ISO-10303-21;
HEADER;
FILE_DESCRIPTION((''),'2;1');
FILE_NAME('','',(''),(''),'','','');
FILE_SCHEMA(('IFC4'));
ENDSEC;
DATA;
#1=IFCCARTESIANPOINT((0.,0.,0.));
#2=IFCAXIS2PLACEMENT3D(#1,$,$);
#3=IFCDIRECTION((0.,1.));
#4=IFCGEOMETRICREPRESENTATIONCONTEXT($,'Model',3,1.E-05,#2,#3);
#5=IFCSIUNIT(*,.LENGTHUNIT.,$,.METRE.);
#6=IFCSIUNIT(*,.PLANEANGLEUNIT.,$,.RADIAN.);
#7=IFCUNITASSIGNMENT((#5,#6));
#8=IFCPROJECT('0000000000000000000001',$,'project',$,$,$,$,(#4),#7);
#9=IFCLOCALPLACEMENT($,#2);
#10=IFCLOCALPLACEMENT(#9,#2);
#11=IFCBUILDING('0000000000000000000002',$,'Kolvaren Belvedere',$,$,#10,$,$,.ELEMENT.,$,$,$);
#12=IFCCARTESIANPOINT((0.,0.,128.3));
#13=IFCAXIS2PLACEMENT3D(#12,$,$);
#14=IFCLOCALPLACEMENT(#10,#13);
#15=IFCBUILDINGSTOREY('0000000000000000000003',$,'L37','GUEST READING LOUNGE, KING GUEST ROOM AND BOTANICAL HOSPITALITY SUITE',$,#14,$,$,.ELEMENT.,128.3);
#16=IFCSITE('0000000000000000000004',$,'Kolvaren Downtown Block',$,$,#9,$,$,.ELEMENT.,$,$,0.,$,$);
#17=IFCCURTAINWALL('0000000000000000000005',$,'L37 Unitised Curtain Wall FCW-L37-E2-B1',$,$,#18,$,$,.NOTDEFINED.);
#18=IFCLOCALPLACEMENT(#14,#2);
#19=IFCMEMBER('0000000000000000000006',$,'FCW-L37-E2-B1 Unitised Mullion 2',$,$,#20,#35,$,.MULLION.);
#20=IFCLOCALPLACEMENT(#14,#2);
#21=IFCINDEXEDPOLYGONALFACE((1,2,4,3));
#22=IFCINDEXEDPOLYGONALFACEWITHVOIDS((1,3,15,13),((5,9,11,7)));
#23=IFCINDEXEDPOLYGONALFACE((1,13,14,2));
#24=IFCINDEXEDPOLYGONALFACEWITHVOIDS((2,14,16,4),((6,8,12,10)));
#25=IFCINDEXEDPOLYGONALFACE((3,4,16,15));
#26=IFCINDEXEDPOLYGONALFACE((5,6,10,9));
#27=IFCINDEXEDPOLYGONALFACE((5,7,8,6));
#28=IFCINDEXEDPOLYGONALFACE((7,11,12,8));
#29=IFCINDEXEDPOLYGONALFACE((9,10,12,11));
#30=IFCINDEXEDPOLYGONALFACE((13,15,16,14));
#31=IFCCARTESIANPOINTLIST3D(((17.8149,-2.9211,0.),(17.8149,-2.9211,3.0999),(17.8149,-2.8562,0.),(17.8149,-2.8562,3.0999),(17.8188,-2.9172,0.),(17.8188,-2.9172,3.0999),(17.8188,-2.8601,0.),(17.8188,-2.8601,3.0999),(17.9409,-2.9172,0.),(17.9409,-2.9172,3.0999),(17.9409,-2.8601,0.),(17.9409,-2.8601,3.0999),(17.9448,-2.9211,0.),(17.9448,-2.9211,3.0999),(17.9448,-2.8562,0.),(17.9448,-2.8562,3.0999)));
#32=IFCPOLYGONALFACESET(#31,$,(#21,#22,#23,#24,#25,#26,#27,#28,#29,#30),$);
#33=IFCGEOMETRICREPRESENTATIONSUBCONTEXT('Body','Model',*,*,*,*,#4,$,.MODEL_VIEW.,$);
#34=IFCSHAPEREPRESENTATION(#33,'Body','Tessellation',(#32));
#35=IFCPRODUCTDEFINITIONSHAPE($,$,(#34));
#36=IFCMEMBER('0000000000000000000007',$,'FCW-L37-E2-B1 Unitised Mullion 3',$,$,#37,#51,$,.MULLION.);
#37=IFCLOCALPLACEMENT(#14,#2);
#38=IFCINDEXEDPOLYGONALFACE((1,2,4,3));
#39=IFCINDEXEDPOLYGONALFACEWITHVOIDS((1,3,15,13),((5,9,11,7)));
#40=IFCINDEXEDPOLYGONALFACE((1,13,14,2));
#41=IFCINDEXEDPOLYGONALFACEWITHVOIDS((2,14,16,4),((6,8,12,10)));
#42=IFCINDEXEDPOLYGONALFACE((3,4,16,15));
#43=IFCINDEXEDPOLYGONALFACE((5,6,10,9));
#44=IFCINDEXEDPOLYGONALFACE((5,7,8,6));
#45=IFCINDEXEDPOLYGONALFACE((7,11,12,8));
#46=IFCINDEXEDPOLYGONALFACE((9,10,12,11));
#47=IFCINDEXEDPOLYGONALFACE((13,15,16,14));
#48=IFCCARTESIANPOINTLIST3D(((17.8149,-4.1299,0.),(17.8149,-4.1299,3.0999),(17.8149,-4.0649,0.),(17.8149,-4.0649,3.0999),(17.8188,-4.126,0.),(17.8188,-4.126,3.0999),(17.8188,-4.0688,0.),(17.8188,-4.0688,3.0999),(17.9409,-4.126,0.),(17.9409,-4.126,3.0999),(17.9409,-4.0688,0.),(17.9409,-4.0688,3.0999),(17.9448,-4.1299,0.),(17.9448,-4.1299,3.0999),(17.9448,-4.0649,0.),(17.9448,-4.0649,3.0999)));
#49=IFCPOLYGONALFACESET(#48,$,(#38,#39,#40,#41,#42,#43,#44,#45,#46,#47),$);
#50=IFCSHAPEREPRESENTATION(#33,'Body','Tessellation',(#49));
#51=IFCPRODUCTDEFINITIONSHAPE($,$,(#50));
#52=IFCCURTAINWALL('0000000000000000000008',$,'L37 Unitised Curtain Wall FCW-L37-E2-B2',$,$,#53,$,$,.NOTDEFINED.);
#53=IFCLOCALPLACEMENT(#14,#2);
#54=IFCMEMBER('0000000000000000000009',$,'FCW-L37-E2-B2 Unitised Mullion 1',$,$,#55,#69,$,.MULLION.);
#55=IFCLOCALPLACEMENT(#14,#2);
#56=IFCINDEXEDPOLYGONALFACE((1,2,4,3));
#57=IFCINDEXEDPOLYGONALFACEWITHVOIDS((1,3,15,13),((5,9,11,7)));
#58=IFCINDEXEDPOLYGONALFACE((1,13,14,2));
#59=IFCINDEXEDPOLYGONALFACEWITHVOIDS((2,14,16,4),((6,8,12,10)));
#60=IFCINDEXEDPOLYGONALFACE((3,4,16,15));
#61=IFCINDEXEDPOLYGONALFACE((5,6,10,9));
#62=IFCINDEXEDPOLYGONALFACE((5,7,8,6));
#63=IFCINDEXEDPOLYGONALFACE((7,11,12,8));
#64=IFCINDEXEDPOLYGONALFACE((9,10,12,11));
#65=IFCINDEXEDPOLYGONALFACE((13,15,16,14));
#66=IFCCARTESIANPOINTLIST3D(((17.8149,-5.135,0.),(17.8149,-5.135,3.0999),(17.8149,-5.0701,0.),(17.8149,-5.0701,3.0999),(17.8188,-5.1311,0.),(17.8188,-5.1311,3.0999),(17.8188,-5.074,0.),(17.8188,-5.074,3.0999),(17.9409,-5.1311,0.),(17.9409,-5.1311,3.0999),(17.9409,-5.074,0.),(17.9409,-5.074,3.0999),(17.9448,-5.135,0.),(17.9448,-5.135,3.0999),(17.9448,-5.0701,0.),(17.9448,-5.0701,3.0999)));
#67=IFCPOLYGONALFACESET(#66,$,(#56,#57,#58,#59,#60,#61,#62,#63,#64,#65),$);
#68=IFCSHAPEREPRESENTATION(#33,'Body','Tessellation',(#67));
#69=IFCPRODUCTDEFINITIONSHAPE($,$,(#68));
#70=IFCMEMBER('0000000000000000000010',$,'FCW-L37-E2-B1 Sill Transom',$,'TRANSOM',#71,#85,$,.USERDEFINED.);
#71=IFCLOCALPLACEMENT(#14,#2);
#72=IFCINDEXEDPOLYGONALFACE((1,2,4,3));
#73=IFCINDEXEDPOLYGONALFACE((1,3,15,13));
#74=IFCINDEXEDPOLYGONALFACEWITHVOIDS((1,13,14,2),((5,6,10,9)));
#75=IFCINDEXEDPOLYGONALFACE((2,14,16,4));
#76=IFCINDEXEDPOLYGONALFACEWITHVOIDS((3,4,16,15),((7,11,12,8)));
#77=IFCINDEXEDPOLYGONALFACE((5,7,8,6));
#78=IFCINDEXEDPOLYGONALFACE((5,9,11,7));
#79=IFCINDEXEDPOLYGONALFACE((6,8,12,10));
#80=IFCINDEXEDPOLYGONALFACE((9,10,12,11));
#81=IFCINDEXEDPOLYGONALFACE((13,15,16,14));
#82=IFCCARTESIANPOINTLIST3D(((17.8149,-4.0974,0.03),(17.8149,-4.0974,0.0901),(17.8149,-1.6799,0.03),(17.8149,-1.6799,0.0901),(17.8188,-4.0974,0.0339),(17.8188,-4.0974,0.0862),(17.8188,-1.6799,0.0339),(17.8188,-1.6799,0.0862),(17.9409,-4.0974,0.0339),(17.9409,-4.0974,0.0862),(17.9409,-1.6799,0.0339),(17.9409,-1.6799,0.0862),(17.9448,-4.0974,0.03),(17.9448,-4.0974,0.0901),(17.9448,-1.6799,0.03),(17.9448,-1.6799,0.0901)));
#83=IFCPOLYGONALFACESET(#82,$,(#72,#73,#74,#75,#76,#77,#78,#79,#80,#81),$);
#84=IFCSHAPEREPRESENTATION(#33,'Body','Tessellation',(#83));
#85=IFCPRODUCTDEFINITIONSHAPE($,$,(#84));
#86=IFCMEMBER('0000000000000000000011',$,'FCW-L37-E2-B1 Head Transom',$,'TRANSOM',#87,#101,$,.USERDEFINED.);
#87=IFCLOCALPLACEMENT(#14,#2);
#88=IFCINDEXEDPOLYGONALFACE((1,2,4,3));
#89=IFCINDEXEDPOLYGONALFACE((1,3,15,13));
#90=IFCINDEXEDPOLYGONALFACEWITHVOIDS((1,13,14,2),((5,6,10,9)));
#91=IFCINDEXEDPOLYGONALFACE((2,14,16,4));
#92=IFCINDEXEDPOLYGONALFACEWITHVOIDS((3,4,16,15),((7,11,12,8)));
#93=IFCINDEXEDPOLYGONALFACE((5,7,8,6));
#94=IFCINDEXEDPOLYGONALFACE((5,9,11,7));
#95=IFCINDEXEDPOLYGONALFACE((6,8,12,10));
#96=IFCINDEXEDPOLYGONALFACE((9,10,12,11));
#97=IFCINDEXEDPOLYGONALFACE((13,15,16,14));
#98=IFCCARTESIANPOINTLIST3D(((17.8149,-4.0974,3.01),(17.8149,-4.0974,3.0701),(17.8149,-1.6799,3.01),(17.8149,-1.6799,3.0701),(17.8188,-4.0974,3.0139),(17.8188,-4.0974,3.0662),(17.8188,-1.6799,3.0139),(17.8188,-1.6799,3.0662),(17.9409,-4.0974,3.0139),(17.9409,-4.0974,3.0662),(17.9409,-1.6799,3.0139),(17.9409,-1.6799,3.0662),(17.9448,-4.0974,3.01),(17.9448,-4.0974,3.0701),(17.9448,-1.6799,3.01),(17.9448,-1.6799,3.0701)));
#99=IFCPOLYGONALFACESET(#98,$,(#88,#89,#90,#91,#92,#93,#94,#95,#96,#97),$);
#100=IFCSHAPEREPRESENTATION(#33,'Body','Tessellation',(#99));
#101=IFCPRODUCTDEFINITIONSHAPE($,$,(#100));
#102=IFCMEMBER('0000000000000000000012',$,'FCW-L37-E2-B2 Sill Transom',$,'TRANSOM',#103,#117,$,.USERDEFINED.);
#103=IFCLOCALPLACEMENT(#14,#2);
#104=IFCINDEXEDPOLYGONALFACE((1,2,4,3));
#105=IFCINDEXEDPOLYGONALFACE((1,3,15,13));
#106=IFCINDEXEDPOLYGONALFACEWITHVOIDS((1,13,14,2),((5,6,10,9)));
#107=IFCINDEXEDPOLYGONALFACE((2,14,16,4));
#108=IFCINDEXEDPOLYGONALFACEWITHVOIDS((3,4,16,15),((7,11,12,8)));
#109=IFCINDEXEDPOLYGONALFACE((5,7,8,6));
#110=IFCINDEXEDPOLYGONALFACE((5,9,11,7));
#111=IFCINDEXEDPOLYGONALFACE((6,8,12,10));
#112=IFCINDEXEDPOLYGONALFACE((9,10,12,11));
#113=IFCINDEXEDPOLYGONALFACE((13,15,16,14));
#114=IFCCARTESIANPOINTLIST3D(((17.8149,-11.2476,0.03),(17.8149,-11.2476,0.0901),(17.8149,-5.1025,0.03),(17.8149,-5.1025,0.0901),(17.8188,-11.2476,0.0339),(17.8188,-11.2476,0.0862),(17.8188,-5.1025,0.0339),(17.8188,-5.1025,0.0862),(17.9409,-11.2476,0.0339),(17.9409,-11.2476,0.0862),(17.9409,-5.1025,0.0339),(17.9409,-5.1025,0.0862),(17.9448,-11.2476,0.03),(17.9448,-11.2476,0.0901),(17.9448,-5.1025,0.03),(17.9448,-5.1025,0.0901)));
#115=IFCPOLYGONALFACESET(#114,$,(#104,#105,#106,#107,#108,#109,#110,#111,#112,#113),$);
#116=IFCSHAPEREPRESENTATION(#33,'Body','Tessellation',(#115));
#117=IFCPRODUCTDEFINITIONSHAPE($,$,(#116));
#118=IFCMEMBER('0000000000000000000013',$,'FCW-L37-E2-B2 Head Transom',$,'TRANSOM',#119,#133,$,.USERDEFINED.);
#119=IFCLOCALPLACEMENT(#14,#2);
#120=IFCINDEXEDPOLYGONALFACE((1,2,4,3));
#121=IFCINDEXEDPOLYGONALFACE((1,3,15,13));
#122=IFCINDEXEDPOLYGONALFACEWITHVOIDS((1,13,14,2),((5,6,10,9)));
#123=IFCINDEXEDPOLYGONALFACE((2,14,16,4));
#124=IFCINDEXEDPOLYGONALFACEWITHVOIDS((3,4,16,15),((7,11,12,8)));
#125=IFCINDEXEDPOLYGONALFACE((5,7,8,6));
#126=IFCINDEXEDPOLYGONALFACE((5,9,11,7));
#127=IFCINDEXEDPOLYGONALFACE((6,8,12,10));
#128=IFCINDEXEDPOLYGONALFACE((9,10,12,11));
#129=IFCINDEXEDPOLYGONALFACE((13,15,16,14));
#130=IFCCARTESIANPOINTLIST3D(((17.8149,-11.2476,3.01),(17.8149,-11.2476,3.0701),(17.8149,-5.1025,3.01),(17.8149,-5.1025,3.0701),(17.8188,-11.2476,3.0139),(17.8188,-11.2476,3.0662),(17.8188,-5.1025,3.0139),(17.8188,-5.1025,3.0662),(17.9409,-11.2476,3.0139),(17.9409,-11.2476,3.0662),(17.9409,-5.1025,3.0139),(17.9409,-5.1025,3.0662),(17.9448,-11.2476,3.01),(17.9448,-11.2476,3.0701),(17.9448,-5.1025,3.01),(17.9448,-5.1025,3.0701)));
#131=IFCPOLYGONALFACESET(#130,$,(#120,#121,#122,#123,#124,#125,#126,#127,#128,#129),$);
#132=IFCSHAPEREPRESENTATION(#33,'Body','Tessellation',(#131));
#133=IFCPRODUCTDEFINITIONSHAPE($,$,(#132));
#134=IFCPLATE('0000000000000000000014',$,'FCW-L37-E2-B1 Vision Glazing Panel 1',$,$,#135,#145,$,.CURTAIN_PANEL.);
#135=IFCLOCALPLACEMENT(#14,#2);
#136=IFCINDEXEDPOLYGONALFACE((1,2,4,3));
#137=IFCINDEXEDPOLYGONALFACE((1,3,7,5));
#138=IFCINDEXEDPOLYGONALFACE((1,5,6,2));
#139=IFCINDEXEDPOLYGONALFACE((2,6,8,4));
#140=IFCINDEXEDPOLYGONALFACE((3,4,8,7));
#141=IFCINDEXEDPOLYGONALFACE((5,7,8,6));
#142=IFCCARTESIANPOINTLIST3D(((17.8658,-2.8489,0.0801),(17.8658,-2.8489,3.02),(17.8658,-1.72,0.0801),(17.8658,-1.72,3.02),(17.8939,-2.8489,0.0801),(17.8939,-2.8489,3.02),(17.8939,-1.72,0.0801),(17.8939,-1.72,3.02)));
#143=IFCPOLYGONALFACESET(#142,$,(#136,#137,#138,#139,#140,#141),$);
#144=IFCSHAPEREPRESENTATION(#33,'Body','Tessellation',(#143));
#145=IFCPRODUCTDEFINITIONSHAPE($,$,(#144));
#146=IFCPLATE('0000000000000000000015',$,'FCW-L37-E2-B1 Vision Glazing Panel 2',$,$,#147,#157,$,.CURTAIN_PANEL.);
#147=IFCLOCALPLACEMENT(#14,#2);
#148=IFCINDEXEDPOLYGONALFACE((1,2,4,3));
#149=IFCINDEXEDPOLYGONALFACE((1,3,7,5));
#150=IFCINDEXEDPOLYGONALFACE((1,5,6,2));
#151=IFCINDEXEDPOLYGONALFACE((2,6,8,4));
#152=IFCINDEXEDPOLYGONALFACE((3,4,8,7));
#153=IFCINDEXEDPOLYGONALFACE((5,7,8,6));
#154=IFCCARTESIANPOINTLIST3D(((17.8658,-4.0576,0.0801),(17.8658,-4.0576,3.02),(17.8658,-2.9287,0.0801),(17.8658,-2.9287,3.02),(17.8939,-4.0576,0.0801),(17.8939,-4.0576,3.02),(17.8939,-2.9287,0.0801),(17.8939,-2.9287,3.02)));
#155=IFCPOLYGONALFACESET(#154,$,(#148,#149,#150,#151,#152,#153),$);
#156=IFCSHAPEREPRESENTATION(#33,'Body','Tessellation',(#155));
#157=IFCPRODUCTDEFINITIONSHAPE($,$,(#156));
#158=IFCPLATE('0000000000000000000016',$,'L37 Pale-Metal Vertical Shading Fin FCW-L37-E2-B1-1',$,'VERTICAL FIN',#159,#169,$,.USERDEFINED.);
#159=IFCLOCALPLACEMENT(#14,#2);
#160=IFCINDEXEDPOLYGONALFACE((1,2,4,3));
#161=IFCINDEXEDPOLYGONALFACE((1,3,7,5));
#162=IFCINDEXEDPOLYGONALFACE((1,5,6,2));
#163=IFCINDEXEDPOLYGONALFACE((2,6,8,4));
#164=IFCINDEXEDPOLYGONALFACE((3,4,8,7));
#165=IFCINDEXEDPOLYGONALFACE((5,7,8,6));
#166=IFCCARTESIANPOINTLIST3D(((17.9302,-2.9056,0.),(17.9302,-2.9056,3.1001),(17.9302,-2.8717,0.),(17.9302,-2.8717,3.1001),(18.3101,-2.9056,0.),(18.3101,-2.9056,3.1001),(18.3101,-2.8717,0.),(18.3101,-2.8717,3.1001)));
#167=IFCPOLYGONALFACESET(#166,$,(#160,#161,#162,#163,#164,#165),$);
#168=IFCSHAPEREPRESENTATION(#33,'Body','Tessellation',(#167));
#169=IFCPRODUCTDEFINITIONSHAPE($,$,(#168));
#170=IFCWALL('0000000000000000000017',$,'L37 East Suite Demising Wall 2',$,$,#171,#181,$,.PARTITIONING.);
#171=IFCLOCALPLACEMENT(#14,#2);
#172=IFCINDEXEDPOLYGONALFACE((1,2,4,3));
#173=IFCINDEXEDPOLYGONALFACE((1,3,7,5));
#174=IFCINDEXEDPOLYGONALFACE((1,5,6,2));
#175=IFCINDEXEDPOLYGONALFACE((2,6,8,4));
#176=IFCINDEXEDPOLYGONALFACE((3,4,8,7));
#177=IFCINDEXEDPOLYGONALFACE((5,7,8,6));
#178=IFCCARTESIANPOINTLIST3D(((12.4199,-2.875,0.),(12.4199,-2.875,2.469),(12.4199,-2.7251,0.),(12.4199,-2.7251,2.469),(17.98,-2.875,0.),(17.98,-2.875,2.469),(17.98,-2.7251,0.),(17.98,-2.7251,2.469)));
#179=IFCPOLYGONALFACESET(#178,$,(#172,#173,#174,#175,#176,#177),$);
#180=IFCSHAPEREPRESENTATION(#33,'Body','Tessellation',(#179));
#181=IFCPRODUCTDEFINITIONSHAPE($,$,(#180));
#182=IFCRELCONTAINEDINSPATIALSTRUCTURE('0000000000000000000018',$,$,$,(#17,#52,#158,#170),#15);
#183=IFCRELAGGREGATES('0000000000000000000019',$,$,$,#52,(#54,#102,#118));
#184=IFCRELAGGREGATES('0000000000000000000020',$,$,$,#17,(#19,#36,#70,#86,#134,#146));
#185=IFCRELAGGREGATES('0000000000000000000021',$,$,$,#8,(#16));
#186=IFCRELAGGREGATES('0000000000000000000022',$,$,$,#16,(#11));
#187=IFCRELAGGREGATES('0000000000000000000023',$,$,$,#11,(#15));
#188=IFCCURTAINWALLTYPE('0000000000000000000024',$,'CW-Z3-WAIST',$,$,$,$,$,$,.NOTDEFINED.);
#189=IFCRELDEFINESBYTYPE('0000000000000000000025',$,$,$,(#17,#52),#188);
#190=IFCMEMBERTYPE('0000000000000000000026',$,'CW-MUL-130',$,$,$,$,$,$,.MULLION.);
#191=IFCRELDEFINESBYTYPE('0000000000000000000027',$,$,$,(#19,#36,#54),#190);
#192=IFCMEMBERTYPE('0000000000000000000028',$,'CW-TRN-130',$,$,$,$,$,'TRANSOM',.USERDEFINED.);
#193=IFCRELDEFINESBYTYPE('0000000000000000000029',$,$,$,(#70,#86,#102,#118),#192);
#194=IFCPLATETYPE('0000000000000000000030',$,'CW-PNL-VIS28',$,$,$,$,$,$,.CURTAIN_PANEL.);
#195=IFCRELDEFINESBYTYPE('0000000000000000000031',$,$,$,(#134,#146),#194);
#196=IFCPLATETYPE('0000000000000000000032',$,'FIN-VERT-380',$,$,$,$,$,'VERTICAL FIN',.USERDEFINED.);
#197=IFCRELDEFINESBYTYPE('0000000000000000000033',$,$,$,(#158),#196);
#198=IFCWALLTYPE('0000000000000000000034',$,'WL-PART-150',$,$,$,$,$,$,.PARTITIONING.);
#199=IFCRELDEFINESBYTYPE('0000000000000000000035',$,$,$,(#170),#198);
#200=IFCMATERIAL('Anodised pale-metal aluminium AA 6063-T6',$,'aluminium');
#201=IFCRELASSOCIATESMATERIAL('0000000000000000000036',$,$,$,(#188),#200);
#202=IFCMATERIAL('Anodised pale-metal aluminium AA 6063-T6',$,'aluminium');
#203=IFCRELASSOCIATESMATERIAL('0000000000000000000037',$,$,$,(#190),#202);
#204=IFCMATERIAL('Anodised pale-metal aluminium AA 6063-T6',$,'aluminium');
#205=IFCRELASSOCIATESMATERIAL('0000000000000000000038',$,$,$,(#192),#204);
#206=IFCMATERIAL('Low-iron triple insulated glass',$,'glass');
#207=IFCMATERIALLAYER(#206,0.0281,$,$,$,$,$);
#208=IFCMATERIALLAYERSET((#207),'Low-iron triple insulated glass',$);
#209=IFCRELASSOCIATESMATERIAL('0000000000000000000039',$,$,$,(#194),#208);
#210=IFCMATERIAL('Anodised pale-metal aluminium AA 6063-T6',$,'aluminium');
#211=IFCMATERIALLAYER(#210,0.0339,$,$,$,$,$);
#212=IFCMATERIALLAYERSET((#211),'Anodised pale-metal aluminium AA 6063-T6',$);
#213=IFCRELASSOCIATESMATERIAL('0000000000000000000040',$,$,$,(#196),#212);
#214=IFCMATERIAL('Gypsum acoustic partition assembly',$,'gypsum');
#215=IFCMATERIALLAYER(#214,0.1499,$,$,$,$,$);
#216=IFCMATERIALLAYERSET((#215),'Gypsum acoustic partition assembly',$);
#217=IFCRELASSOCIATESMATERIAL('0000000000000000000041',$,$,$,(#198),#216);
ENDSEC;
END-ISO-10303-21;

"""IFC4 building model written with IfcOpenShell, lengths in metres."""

from ifc_helpers import new_model, si_unit, direction, frame, frame_2d, origin, origin_2d, place, context, subcontext, project, spatial, rectangle, hollow_rectangle, extrude, material, layer, layer_set, material_profile, profile_set, type_object, element, aggregate, save


model = new_model("IFC4")

# Units and contexts
model_context = context("Model", 3, precision=1e-05, world=origin(), true_north=direction((0.0, 1.0)))
body_context = subcontext(model_context, "Body", "Model", "MODEL_VIEW")
ifc_project = project(units=[si_unit("LENGTHUNIT", "METRE"), si_unit("PLANEANGLEUNIT", "RADIAN")], contexts=[model_context])

# Site, building, storey
site_placement = place(None, origin())
site = spatial("IfcSite", under=ifc_project, at=site_placement, Name="Kolvaren Downtown Block", CompositionType="ELEMENT", RefElevation=0.0)
building_placement = place(site_placement, origin())
building = spatial("IfcBuilding", under=site, at=building_placement, Name="Kolvaren Belvedere", CompositionType="ELEMENT")
storey_placement = place(building_placement, frame((0.0, 0.0, 128.3)))
storey = spatial("IfcBuildingStorey", under=building, at=storey_placement, Name="L37", Description="GUEST READING LOUNGE, KING GUEST ROOM AND BOTANICAL HOSPITALITY SUITE", CompositionType="ELEMENT", Elevation=128.3)

# Curtain wall, members
ifc_material_1 = material(Name="Anodised pale-metal aluminium AA 6063-T6", Category="aluminium")
curtain_wall_type = type_object("IfcCurtainWallType", Name="CW-Z3-WAIST", PredefinedType="NOTDEFINED", material=ifc_material_1)
curtain_wall_1_placement = place(storey_placement, origin())
curtain_wall_1 = element("IfcCurtainWall", 1, at=curtain_wall_1_placement, inside=storey, type_object=curtain_wall_type, Name="L37 Unitised Curtain Wall FCW-L37-E2-B1", PredefinedType="NOTDEFINED")
ifc_material_2 = material(Name="Anodised pale-metal aluminium AA 6063-T6", Category="aluminium")
ifc_material_profile_1 = material_profile(ifc_material_2, hollow_rectangle(XDim=0.0649, YDim=0.1299, WallThickness=0.0039, at=origin_2d()), Name="ALU-MUL-130X65")
ifc_profile_set_1 = profile_set([ifc_material_profile_1], Name="Anodised pale-metal aluminium AA 6063-T6")
member_type_1 = type_object("IfcMemberType", Name="CW-MUL-130", PredefinedType="MULLION", material=ifc_profile_set_1)
member_1_placement = place(storey_placement, frame((17.8799, -2.8887, 0.0), z_axis=(0.0, 0.0, 1.0), x_axis=(0.0, 1.0, 0.0)))
member_1 = element("IfcMember", 2, at=member_1_placement, type_object=member_type_1, Name="FCW-L37-E2-B1 Unitised Mullion 2", PredefinedType="MULLION", context=body_context, shape_type="SweptSolid", body=[
    extrude(hollow_rectangle(XDim=0.0649, YDim=0.1299, WallThickness=0.0039, at=origin_2d()), origin(), (0.0, 0.0, 1.0), 3.0999),
])
member_2_placement = place(storey_placement, frame((17.8799, -4.0974, 0.0), z_axis=(0.0, 0.0, 1.0), x_axis=(0.0, 1.0, 0.0)))
member_2 = element("IfcMember", 3, at=member_2_placement, type_object=member_type_1, Name="FCW-L37-E2-B1 Unitised Mullion 3", PredefinedType="MULLION", context=body_context, shape_type="SweptSolid", body=[
    extrude(hollow_rectangle(XDim=0.0649, YDim=0.1299, WallThickness=0.0039, at=origin_2d()), origin(), (0.0, 0.0, 1.0), 3.0999),
])

# Curtain wall, member
curtain_wall_2_placement = place(storey_placement, origin())
curtain_wall_2 = element("IfcCurtainWall", 4, at=curtain_wall_2_placement, inside=storey, type_object=curtain_wall_type, Name="L37 Unitised Curtain Wall FCW-L37-E2-B2", PredefinedType="NOTDEFINED")
member_3_placement = place(storey_placement, frame((17.8799, -5.1025, 0.0), z_axis=(0.0, 0.0, 1.0), x_axis=(0.0, 1.0, 0.0)))
member_3 = element("IfcMember", 5, at=member_3_placement, type_object=member_type_1, Name="FCW-L37-E2-B2 Unitised Mullion 1", PredefinedType="MULLION", context=body_context, shape_type="SweptSolid", body=[
    extrude(hollow_rectangle(XDim=0.0649, YDim=0.1299, WallThickness=0.0039, at=origin_2d()), origin(), (0.0, 0.0, 1.0), 3.0999),
])

# Members
ifc_material_3 = material(Name="Anodised pale-metal aluminium AA 6063-T6", Category="aluminium")
ifc_material_profile_2 = material_profile(ifc_material_3, hollow_rectangle(XDim=0.0601, YDim=0.1299, WallThickness=0.0039, at=origin_2d()), Name="ALU-TRN-130X60")
ifc_profile_set_2 = profile_set([ifc_material_profile_2], Name="Anodised pale-metal aluminium AA 6063-T6")
member_type_2 = type_object("IfcMemberType", Name="CW-TRN-130", ElementType="TRANSOM", PredefinedType="USERDEFINED", material=ifc_profile_set_2)
member_4_placement = place(storey_placement, frame((17.8799, -1.6799, 0.0601), z_axis=(0.0, -1.0, 0.0), x_axis=(0.0, 0.0, 1.0)))
member_4 = element("IfcMember", 6, at=member_4_placement, type_object=member_type_2, Name="FCW-L37-E2-B1 Sill Transom", ObjectType="TRANSOM", PredefinedType="USERDEFINED", context=body_context, shape_type="SweptSolid", body=[
    extrude(hollow_rectangle(XDim=0.0601, YDim=0.1299, WallThickness=0.0039, at=origin_2d()), origin(), (0.0, 0.0, 1.0), 2.4175),
])
member_5_placement = place(storey_placement, frame((17.8799, -1.6799, 3.04), z_axis=(0.0, -1.0, 0.0), x_axis=(0.0, 0.0, 1.0)))
member_5 = element("IfcMember", 7, at=member_5_placement, type_object=member_type_2, Name="FCW-L37-E2-B1 Head Transom", ObjectType="TRANSOM", PredefinedType="USERDEFINED", context=body_context, shape_type="SweptSolid", body=[
    extrude(hollow_rectangle(XDim=0.0601, YDim=0.1299, WallThickness=0.0039, at=origin_2d()), origin(), (0.0, 0.0, 1.0), 2.4175),
])
member_6_placement = place(storey_placement, frame((17.8799, -5.1025, 0.0601), z_axis=(0.0, -1.0, 0.0), x_axis=(0.0, 0.0, 1.0)))
member_6 = element("IfcMember", 8, at=member_6_placement, type_object=member_type_2, Name="FCW-L37-E2-B2 Sill Transom", ObjectType="TRANSOM", PredefinedType="USERDEFINED", context=body_context, shape_type="SweptSolid", body=[
    extrude(hollow_rectangle(XDim=0.0601, YDim=0.1299, WallThickness=0.0039, at=origin_2d()), origin(), (0.0, 0.0, 1.0), 6.145),
])
member_7_placement = place(storey_placement, frame((17.8799, -5.1025, 3.04), z_axis=(0.0, -1.0, 0.0), x_axis=(0.0, 0.0, 1.0)))
member_7 = element("IfcMember", 9, at=member_7_placement, type_object=member_type_2, Name="FCW-L37-E2-B2 Head Transom", ObjectType="TRANSOM", PredefinedType="USERDEFINED", context=body_context, shape_type="SweptSolid", body=[
    extrude(hollow_rectangle(XDim=0.0601, YDim=0.1299, WallThickness=0.0039, at=origin_2d()), origin(), (0.0, 0.0, 1.0), 6.145),
])
aggregate(curtain_wall_2, [member_3, member_6, member_7])

# Plates
ifc_material_4 = material(Name="Low-iron triple insulated glass", Category="glass")
ifc_layer_1 = layer(ifc_material_4, 0.0281)
ifc_layer_set_1 = layer_set([ifc_layer_1], Name="Low-iron triple insulated glass")
plate_type_1 = type_object("IfcPlateType", Name="CW-PNL-VIS28", PredefinedType="CURTAIN_PANEL", material=ifc_layer_set_1)
plate_1_placement = place(storey_placement, frame((17.8799, -2.2844, 0.0801), z_axis=(0.0, 0.0, 1.0), x_axis=(0.0, -1.0, 0.0)))
plate_1 = element("IfcPlate", 10, at=plate_1_placement, type_object=plate_type_1, Name="FCW-L37-E2-B1 Vision Glazing Panel 1", PredefinedType="CURTAIN_PANEL", context=body_context, shape_type="SweptSolid", body=[
    extrude(rectangle(XDim=1.1289, YDim=0.0281, at=origin_2d()), origin(), (0.0, 0.0, 1.0), 2.9399),
])
plate_2_placement = place(storey_placement, frame((17.8799, -3.4932, 0.0801), z_axis=(0.0, 0.0, 1.0), x_axis=(0.0, -1.0, 0.0)))
plate_2 = element("IfcPlate", 11, at=plate_2_placement, type_object=plate_type_1, Name="FCW-L37-E2-B1 Vision Glazing Panel 2", PredefinedType="CURTAIN_PANEL", context=body_context, shape_type="SweptSolid", body=[
    extrude(rectangle(XDim=1.1289, YDim=0.0281, at=origin_2d()), origin(), (0.0, 0.0, 1.0), 2.9399),
])
aggregate(curtain_wall_1, [member_1, member_2, member_4, member_5, plate_1, plate_2])
ifc_material_5 = material(Name="Anodised pale-metal aluminium AA 6063-T6", Category="aluminium")
ifc_layer_2 = layer(ifc_material_5, 0.0339)
ifc_layer_set_2 = layer_set([ifc_layer_2], Name="Anodised pale-metal aluminium AA 6063-T6")
plate_type_2 = type_object("IfcPlateType", Name="FIN-VERT-380", ElementType="VERTICAL FIN", PredefinedType="USERDEFINED", material=ifc_layer_set_2)
plate_3_placement = place(storey_placement, frame((18.1201, -2.8887, 0.0), z_axis=(0.0, 0.0, 1.0), x_axis=(1.0, 0.0, 0.0)))
element("IfcPlate", 12, at=plate_3_placement, inside=storey, type_object=plate_type_2, Name="L37 Pale-Metal Vertical Shading Fin FCW-L37-E2-B1-1", ObjectType="VERTICAL FIN", PredefinedType="USERDEFINED", context=body_context, shape_type="SweptSolid", body=[
    extrude(rectangle(XDim=0.3799, YDim=0.0339, at=origin_2d()), origin(), (0.0, 0.0, 1.0), 3.1001),
])

# Wall
ifc_material_6 = material(Name="Gypsum acoustic partition assembly", Category="gypsum")
ifc_layer_3 = layer(ifc_material_6, 0.1499)
ifc_layer_set_3 = layer_set([ifc_layer_3], Name="Gypsum acoustic partition assembly")
wall_type_1 = type_object("IfcWallType", Name="WL-PART-150", PredefinedType="PARTITIONING", material=ifc_layer_set_3)
wall_1_placement = place(storey_placement, frame((12.4199, -2.8, 0.0), z_axis=(0.0, 0.0, 1.0), x_axis=(1.0, 0.0, 0.0)))
element("IfcWall", 13, at=wall_1_placement, inside=storey, type_object=wall_type_1, Name="L37 East Suite Demising Wall 2", PredefinedType="PARTITIONING", context=body_context, shape_type="SweptSolid", body=[
    extrude(rectangle(XDim=5.5601, YDim=0.1499, at=frame_2d((2.78, 0.0))), origin(), (0.0, 0.0, 1.0), 2.469),
])

save(model, "model.ifc")
